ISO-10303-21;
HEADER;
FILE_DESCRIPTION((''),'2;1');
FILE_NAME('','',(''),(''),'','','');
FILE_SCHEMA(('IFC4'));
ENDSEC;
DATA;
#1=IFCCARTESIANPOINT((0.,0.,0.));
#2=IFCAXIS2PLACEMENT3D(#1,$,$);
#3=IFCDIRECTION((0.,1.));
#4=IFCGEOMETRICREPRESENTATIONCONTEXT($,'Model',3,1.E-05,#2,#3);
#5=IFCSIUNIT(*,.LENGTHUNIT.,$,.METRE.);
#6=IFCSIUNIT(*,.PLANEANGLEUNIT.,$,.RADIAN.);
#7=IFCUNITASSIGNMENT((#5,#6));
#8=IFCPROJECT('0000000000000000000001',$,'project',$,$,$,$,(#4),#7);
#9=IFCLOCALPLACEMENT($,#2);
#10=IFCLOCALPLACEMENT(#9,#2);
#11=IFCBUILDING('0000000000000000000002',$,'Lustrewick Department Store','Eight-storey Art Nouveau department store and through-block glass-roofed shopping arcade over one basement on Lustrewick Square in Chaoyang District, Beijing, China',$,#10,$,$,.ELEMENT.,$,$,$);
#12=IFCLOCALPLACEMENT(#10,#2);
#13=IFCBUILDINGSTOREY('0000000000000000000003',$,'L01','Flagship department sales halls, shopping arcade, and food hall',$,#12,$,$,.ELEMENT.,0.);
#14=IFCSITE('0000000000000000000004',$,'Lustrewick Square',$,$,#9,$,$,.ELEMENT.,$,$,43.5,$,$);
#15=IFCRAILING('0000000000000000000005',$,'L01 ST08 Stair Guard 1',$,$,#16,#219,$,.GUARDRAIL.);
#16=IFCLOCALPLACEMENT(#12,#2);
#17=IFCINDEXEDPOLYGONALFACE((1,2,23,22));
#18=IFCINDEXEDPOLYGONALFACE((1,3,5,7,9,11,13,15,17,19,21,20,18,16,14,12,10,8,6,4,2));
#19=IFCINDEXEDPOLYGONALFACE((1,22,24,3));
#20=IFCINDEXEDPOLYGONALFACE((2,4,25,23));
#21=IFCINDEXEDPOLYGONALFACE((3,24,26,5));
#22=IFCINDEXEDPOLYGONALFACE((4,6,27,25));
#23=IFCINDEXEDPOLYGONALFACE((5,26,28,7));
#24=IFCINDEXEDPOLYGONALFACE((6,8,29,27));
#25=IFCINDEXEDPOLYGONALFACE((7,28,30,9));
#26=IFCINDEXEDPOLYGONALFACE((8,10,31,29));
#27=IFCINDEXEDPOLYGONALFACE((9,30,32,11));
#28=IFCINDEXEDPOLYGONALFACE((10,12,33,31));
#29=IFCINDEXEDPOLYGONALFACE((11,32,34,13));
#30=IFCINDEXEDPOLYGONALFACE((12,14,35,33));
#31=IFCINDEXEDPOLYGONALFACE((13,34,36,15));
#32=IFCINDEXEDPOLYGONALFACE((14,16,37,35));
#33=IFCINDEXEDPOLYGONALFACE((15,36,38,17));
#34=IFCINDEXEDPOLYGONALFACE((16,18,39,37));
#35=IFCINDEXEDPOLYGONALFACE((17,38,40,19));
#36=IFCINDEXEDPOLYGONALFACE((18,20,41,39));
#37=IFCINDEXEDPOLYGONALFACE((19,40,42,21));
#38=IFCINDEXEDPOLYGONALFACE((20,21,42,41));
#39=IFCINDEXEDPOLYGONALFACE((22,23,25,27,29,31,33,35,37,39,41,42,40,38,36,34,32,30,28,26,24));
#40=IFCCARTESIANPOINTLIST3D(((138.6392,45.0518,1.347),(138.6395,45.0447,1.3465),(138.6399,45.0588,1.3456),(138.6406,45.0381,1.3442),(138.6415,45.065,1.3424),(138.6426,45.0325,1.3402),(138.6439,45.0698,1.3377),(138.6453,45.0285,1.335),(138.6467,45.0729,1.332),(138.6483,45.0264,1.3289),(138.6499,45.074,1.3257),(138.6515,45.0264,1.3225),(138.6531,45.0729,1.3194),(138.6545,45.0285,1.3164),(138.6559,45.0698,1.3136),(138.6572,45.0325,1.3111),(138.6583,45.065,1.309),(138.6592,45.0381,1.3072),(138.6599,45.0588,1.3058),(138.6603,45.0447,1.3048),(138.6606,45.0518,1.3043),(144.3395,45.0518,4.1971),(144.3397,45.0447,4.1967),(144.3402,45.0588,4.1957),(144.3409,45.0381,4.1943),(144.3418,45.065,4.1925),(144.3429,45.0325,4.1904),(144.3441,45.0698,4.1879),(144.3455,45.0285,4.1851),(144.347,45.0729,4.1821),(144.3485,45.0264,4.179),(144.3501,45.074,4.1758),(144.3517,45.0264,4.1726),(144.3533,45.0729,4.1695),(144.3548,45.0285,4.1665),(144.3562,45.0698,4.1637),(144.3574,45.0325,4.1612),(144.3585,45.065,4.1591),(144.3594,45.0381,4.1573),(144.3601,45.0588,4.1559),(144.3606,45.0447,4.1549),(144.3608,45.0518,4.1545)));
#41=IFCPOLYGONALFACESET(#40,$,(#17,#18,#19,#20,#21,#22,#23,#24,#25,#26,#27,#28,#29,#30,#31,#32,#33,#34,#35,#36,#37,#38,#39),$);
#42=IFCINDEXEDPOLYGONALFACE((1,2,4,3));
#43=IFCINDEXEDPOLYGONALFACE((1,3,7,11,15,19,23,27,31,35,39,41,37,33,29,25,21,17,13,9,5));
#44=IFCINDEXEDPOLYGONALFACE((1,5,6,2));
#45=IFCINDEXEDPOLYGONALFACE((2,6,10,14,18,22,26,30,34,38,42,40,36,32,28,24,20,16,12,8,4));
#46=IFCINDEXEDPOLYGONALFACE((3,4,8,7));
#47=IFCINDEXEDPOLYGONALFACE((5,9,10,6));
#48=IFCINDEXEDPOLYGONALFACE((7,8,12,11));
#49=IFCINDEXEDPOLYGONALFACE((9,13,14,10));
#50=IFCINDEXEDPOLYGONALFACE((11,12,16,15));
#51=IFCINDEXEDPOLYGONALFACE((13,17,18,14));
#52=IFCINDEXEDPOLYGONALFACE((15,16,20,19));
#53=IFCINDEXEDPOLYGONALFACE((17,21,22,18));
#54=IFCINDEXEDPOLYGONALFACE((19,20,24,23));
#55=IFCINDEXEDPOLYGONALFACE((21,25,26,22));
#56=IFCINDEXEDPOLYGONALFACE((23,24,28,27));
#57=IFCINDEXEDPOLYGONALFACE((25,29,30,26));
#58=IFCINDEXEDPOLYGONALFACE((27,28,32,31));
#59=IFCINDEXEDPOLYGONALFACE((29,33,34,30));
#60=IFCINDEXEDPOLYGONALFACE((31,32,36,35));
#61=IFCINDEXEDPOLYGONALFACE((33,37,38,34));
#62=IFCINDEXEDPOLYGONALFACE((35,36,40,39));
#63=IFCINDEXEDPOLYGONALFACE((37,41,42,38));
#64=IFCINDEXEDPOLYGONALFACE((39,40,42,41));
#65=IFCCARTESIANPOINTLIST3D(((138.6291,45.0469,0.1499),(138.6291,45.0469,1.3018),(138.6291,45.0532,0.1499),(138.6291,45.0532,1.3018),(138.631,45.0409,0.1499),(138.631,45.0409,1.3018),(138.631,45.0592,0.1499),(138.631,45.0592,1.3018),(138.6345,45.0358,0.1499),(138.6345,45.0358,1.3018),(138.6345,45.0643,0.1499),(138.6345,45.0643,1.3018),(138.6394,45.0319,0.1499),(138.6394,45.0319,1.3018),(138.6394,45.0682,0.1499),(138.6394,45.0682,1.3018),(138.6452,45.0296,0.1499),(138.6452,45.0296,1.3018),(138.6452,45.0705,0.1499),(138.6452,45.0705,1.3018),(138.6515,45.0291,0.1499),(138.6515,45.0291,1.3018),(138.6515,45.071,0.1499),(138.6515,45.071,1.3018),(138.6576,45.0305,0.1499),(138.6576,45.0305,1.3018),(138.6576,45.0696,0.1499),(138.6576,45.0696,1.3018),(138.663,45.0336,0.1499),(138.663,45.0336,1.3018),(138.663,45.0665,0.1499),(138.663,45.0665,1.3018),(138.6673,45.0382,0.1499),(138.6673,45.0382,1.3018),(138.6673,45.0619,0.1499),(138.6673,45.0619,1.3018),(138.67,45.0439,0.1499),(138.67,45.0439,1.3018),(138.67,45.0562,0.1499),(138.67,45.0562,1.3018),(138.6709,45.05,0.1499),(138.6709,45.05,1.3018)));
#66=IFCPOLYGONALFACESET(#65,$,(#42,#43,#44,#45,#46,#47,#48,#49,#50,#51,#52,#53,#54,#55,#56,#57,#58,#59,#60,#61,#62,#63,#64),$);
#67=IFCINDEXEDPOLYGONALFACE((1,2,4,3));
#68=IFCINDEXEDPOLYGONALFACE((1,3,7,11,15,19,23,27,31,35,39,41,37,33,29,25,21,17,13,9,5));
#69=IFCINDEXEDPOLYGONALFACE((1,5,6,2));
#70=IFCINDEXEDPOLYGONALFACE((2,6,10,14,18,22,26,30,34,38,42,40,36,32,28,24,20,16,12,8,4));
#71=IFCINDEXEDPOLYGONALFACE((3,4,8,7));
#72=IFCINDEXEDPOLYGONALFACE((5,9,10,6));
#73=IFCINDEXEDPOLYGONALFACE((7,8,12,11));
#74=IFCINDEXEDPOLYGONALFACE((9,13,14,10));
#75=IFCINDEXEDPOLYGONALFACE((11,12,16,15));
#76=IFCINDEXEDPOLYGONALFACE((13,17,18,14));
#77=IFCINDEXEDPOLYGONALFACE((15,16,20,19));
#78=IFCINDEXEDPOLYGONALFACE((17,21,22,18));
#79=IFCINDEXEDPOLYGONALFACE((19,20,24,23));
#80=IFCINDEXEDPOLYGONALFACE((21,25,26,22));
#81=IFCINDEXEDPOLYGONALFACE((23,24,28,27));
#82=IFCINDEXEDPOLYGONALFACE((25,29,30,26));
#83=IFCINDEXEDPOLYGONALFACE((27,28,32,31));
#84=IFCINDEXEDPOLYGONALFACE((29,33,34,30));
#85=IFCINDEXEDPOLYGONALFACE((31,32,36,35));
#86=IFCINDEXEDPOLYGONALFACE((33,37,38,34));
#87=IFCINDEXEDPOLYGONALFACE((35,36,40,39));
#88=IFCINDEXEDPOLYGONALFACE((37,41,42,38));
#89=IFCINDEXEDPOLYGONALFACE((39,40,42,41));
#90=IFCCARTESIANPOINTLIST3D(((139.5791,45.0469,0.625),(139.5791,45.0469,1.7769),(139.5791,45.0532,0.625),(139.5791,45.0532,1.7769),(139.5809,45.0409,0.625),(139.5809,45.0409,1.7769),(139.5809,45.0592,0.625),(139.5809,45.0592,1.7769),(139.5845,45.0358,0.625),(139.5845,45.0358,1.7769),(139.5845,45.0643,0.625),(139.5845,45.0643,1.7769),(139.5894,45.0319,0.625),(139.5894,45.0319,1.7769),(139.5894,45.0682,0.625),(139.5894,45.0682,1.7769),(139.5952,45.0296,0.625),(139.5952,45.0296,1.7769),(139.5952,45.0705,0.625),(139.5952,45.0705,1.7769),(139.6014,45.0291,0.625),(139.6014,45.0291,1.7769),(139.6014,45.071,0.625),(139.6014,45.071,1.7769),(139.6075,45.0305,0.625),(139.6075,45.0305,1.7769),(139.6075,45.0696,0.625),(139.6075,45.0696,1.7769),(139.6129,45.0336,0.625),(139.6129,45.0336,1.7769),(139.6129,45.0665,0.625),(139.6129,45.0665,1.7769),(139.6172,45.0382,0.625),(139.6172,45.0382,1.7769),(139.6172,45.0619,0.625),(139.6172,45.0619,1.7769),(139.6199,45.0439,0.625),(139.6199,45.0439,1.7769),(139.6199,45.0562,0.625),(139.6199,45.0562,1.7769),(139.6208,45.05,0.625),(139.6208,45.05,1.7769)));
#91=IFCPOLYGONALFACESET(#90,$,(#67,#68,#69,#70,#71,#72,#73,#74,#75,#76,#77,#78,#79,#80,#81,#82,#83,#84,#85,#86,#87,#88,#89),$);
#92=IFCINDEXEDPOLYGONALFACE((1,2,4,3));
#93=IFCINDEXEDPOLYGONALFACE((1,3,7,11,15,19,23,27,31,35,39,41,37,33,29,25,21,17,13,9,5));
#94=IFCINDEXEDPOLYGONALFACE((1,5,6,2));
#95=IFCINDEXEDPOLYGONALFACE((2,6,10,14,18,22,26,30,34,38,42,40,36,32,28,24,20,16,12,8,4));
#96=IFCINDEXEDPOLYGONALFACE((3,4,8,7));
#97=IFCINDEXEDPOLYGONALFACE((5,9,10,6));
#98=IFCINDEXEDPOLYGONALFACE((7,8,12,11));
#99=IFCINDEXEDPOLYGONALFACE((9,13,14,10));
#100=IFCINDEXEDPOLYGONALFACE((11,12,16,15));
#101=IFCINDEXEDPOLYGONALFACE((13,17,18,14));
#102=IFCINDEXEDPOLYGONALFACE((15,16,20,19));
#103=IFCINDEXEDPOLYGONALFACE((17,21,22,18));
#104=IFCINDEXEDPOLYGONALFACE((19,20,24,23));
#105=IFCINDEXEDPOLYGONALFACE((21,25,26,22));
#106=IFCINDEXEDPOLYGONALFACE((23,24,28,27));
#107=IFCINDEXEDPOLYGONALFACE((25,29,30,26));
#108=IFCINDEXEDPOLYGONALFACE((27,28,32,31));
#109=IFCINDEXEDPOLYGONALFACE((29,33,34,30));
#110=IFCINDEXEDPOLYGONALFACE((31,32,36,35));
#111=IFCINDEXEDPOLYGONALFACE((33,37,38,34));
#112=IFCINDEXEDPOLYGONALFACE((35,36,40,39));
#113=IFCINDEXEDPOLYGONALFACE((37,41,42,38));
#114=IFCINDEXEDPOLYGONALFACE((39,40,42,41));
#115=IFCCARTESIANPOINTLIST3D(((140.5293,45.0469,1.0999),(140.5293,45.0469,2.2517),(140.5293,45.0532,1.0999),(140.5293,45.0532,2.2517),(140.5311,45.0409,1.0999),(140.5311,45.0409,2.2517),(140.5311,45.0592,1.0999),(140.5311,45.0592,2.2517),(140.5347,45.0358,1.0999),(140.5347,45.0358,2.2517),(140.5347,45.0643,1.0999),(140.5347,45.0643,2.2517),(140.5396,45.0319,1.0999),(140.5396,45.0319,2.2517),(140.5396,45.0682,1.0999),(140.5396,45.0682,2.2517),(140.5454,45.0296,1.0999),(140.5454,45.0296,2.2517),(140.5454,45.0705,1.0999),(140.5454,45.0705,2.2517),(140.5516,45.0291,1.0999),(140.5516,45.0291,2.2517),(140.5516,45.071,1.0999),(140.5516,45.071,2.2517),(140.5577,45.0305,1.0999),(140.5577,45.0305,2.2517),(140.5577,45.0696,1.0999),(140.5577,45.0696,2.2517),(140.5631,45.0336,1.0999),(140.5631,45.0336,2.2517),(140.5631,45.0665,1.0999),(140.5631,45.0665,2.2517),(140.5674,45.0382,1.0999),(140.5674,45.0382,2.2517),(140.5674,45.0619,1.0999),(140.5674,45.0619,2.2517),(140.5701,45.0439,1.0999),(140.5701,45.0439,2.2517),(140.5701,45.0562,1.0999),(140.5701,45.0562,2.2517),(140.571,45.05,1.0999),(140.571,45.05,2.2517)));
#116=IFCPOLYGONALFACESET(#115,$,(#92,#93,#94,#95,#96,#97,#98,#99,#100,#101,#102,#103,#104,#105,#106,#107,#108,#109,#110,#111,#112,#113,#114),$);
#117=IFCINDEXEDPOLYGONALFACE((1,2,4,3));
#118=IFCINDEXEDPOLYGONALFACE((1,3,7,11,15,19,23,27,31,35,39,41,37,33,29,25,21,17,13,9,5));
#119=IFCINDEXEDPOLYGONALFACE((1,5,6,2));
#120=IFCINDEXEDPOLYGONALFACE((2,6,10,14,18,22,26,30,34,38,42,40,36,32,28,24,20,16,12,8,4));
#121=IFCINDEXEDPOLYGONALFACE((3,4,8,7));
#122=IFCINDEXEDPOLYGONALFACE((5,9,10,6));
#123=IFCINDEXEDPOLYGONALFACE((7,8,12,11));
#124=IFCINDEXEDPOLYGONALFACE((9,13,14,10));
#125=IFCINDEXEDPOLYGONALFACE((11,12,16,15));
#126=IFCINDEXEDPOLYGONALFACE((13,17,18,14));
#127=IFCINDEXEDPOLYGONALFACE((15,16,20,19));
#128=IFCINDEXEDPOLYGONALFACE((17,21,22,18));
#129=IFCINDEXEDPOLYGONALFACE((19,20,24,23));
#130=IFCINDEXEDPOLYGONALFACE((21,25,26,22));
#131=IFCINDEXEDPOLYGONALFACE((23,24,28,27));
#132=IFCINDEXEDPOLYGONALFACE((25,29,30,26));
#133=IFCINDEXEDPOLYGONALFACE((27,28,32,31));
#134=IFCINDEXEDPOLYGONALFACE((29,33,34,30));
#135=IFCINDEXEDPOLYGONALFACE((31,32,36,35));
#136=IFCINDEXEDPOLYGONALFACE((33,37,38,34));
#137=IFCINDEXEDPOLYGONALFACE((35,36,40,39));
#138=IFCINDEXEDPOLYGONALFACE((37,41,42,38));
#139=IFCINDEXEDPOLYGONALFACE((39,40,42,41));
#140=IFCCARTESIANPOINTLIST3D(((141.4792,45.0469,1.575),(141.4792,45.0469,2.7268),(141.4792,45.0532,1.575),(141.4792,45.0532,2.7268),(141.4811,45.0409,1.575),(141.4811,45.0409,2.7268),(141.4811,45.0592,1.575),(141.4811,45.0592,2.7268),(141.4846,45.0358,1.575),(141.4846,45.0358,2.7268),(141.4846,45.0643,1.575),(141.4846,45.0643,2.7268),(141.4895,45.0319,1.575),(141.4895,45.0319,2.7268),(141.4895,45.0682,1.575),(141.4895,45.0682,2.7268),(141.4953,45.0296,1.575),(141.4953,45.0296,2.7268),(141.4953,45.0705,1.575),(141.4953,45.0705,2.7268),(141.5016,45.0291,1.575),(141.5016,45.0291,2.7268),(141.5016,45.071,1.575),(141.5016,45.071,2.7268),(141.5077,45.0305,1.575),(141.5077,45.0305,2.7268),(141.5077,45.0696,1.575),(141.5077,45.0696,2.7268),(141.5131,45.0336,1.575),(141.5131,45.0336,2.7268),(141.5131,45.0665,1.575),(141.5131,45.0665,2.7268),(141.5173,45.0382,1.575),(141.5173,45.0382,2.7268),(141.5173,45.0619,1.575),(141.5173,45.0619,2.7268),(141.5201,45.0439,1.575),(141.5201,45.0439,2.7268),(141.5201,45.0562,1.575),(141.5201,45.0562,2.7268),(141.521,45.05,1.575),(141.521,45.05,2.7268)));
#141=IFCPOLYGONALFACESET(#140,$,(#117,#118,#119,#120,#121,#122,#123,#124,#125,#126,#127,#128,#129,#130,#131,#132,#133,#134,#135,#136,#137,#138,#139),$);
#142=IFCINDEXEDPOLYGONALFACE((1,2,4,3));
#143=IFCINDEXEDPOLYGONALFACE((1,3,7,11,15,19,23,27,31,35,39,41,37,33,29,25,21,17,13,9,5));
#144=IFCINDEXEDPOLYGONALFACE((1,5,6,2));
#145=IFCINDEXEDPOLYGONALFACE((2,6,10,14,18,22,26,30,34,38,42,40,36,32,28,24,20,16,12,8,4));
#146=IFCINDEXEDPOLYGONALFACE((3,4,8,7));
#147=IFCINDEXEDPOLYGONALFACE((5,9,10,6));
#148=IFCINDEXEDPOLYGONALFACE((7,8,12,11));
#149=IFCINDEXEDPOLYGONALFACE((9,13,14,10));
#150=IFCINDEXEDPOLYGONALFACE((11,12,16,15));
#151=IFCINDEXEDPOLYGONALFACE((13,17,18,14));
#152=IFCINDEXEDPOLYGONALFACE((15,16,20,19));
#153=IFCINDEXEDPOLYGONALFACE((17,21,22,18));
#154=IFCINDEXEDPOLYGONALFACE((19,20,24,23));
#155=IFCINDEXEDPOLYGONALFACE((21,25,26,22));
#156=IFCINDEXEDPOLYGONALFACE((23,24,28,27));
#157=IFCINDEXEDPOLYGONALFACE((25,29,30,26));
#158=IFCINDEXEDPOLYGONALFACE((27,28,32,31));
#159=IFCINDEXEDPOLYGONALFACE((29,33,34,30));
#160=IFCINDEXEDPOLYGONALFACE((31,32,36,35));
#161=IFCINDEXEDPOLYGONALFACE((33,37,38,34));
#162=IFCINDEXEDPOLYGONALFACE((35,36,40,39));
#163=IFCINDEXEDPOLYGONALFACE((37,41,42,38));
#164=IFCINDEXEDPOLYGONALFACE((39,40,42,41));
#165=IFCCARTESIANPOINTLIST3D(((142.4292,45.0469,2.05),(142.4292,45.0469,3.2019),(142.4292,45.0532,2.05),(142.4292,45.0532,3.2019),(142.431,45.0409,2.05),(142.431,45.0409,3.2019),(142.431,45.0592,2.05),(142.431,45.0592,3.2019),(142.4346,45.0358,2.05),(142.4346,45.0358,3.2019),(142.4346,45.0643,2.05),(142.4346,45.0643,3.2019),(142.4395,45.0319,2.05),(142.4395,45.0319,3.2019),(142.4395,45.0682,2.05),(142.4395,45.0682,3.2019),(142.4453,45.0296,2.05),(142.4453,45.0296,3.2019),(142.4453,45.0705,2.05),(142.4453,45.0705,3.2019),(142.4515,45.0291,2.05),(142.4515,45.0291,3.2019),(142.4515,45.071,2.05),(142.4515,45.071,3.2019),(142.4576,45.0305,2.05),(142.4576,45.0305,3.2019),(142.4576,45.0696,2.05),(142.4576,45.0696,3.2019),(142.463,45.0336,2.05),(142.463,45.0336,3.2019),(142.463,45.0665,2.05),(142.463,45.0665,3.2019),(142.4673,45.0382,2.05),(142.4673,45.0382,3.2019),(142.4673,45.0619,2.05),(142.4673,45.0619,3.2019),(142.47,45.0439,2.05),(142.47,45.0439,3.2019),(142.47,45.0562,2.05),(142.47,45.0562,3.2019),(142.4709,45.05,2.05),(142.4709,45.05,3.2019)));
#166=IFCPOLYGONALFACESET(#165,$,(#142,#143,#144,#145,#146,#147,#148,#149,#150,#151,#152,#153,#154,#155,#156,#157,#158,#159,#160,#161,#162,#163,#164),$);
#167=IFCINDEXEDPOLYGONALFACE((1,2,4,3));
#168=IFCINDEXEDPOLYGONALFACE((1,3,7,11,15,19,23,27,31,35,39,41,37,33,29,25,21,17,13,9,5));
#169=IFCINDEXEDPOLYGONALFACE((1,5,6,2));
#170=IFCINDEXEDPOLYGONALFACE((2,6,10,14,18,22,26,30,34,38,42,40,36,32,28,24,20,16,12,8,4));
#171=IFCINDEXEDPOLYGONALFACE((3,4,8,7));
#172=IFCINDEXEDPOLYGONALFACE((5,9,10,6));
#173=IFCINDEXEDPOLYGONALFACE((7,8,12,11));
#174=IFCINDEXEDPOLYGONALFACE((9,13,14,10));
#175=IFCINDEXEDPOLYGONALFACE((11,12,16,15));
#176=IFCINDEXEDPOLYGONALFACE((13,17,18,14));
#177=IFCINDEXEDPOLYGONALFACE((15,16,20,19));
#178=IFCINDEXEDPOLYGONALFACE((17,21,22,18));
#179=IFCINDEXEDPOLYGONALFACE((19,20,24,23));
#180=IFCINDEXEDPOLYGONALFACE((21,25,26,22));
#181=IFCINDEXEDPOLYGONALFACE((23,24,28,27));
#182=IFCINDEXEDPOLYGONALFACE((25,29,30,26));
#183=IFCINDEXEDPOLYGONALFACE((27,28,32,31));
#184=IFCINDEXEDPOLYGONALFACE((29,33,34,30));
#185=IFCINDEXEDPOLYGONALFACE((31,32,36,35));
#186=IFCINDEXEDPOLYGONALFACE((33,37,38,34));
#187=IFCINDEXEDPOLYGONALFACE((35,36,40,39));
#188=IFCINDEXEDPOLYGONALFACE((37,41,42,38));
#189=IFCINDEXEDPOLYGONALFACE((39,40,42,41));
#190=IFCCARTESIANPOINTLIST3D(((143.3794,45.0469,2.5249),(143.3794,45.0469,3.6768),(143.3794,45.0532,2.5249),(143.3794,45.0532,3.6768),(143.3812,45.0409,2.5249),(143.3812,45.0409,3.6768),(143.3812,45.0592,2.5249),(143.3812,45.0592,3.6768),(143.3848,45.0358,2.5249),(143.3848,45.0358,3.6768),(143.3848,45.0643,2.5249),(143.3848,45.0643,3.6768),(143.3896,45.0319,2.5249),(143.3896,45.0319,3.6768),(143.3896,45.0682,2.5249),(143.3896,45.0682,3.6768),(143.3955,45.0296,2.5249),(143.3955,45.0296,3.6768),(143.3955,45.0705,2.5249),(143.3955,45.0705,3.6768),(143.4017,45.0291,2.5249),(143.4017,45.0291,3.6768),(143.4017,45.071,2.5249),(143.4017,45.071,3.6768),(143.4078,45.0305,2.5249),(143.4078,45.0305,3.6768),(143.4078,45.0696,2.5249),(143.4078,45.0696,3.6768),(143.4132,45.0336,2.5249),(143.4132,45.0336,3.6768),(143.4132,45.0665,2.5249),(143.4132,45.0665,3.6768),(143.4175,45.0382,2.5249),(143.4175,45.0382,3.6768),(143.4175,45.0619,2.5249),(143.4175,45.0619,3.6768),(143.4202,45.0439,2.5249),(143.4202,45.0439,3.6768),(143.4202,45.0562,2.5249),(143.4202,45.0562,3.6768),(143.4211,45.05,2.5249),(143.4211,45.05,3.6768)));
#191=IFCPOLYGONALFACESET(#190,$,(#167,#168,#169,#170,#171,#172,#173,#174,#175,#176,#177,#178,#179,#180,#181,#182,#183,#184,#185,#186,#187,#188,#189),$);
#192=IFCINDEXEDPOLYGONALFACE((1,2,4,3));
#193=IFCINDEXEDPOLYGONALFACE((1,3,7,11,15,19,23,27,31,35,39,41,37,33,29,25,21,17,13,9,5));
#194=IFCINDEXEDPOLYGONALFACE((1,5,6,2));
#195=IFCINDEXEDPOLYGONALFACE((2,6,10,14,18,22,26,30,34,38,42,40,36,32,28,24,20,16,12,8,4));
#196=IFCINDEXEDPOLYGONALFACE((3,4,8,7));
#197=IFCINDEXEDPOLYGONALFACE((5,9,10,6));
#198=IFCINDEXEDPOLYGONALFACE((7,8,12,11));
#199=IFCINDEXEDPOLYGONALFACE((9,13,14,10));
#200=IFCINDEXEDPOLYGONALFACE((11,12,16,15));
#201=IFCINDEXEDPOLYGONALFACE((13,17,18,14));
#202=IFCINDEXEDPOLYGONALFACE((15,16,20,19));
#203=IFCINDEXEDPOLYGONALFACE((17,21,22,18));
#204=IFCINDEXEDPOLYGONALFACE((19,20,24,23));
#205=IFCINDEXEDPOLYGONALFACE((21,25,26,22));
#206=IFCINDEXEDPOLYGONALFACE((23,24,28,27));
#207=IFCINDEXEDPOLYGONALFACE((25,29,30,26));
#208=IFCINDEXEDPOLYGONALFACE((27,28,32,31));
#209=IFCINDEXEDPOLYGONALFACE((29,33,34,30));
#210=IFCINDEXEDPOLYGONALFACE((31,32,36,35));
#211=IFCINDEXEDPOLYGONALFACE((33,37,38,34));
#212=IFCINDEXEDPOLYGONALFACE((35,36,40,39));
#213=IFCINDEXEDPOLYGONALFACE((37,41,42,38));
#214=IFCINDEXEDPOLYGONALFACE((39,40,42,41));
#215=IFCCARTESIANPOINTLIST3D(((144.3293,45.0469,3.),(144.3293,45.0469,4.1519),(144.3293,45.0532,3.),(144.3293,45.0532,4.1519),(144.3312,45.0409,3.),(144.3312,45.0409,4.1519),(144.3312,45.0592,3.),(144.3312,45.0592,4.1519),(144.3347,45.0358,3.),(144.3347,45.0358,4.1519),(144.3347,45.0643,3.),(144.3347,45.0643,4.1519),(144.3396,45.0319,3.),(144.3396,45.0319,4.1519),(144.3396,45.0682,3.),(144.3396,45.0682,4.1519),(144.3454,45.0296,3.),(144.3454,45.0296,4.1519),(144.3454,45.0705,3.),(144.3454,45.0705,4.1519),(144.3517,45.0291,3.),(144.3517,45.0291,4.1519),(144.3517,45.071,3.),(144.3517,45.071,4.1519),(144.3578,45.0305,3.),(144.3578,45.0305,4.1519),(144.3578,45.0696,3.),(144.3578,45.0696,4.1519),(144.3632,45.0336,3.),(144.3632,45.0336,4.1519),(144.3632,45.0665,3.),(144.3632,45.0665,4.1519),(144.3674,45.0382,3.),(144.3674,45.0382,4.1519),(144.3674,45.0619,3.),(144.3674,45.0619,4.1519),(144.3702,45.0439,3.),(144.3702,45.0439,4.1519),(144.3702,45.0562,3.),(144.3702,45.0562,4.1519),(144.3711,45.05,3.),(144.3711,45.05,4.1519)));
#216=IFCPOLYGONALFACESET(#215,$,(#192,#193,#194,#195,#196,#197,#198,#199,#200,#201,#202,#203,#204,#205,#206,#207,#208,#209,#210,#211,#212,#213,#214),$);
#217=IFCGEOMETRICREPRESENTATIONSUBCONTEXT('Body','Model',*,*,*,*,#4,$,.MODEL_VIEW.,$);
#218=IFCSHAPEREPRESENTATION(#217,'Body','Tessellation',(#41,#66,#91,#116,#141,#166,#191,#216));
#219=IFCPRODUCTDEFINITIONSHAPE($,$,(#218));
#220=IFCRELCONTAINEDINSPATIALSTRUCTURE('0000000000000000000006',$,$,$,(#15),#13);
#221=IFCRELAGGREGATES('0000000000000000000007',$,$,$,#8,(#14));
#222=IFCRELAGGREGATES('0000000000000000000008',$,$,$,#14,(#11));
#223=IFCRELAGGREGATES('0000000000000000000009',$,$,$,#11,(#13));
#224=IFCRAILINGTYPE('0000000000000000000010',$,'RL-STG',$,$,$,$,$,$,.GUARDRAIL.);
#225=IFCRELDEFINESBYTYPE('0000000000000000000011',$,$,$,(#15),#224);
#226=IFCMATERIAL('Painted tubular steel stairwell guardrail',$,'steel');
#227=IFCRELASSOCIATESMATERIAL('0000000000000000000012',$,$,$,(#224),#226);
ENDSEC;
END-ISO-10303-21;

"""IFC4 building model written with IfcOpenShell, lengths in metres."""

from ifc_helpers import new_model, si_unit, direction, frame, origin, origin_2d, place, context, subcontext, project, spatial, circle, extrude, material, type_object, element, save


model = new_model("IFC4")

# Units and contexts
model_context = context("Model", 3, precision=1e-05, world=origin(), true_north=direction((0.0, 1.0)))
body_context = subcontext(model_context, "Body", "Model", "MODEL_VIEW")
ifc_project = project(units=[si_unit("LENGTHUNIT", "METRE"), si_unit("PLANEANGLEUNIT", "RADIAN")], contexts=[model_context])

# Site, building, storey
site_placement = place(None, origin())
site = spatial("IfcSite", under=ifc_project, at=site_placement, Name="Lustrewick Square", CompositionType="ELEMENT", RefElevation=43.5)
building_placement = place(site_placement, origin())
building = spatial("IfcBuilding", under=site, at=building_placement, Name="Lustrewick Department Store", Description="Eight-storey Art Nouveau department store and through-block glass-roofed shopping arcade over one basement on Lustrewick Square in Chaoyang District, Beijing, China", CompositionType="ELEMENT")
storey_placement = place(building_placement, origin())
storey = spatial("IfcBuildingStorey", under=building, at=storey_placement, Name="L01", Description="Flagship department sales halls, shopping arcade, and food hall", CompositionType="ELEMENT", Elevation=0.0)

# Railing
ifc_material_1 = material(Name="Painted tubular steel stairwell guardrail", Category="steel")
railing_type_1 = type_object("IfcRailingType", Name="RL-STG", PredefinedType="GUARDRAIL", material=ifc_material_1)
railing_1_placement = place(storey_placement, frame((138.6499, 45.05, 0.1499)))
element("IfcRailing", 1, at=railing_1_placement, inside=storey, type_object=railing_type_1, Name="L01 ST08 Stair Guard 1", PredefinedType="GUARDRAIL", context=body_context, shape_type="SweptSolid", body=[
    extrude(circle(Radius=0.0239, at=origin_2d()), frame((0.0, 0.0, 1.1758), z_axis=(0.894427, 0.0, 0.447214), x_axis=(0.0, 1.0, 0.0)), (0.0, 0.0, 1.0), 6.373),
    extrude(circle(Radius=0.021, at=origin_2d()), origin(), (0.0, 0.0, 1.0), 1.1519),
    extrude(circle(Radius=0.021, at=origin_2d()), frame((0.95, 0.0, 0.4751)), (0.0, 0.0, 1.0), 1.1519),
    extrude(circle(Radius=0.021, at=origin_2d()), frame((1.9001, 0.0, 0.95)), (0.0, 0.0, 1.0), 1.1519),
    extrude(circle(Radius=0.021, at=origin_2d()), frame((2.8501, 0.0, 1.425)), (0.0, 0.0, 1.0), 1.1519),
    extrude(circle(Radius=0.021, at=origin_2d()), frame((3.8, 0.0, 1.9001)), (0.0, 0.0, 1.0), 1.1519),
    extrude(circle(Radius=0.021, at=origin_2d()), frame((4.7502, 0.0, 2.375)), (0.0, 0.0, 1.0), 1.1519),
    extrude(circle(Radius=0.021, at=origin_2d()), frame((5.7002, 0.0, 2.8501)), (0.0, 0.0, 1.0), 1.1519),
])

save(model, "model.ifc")
